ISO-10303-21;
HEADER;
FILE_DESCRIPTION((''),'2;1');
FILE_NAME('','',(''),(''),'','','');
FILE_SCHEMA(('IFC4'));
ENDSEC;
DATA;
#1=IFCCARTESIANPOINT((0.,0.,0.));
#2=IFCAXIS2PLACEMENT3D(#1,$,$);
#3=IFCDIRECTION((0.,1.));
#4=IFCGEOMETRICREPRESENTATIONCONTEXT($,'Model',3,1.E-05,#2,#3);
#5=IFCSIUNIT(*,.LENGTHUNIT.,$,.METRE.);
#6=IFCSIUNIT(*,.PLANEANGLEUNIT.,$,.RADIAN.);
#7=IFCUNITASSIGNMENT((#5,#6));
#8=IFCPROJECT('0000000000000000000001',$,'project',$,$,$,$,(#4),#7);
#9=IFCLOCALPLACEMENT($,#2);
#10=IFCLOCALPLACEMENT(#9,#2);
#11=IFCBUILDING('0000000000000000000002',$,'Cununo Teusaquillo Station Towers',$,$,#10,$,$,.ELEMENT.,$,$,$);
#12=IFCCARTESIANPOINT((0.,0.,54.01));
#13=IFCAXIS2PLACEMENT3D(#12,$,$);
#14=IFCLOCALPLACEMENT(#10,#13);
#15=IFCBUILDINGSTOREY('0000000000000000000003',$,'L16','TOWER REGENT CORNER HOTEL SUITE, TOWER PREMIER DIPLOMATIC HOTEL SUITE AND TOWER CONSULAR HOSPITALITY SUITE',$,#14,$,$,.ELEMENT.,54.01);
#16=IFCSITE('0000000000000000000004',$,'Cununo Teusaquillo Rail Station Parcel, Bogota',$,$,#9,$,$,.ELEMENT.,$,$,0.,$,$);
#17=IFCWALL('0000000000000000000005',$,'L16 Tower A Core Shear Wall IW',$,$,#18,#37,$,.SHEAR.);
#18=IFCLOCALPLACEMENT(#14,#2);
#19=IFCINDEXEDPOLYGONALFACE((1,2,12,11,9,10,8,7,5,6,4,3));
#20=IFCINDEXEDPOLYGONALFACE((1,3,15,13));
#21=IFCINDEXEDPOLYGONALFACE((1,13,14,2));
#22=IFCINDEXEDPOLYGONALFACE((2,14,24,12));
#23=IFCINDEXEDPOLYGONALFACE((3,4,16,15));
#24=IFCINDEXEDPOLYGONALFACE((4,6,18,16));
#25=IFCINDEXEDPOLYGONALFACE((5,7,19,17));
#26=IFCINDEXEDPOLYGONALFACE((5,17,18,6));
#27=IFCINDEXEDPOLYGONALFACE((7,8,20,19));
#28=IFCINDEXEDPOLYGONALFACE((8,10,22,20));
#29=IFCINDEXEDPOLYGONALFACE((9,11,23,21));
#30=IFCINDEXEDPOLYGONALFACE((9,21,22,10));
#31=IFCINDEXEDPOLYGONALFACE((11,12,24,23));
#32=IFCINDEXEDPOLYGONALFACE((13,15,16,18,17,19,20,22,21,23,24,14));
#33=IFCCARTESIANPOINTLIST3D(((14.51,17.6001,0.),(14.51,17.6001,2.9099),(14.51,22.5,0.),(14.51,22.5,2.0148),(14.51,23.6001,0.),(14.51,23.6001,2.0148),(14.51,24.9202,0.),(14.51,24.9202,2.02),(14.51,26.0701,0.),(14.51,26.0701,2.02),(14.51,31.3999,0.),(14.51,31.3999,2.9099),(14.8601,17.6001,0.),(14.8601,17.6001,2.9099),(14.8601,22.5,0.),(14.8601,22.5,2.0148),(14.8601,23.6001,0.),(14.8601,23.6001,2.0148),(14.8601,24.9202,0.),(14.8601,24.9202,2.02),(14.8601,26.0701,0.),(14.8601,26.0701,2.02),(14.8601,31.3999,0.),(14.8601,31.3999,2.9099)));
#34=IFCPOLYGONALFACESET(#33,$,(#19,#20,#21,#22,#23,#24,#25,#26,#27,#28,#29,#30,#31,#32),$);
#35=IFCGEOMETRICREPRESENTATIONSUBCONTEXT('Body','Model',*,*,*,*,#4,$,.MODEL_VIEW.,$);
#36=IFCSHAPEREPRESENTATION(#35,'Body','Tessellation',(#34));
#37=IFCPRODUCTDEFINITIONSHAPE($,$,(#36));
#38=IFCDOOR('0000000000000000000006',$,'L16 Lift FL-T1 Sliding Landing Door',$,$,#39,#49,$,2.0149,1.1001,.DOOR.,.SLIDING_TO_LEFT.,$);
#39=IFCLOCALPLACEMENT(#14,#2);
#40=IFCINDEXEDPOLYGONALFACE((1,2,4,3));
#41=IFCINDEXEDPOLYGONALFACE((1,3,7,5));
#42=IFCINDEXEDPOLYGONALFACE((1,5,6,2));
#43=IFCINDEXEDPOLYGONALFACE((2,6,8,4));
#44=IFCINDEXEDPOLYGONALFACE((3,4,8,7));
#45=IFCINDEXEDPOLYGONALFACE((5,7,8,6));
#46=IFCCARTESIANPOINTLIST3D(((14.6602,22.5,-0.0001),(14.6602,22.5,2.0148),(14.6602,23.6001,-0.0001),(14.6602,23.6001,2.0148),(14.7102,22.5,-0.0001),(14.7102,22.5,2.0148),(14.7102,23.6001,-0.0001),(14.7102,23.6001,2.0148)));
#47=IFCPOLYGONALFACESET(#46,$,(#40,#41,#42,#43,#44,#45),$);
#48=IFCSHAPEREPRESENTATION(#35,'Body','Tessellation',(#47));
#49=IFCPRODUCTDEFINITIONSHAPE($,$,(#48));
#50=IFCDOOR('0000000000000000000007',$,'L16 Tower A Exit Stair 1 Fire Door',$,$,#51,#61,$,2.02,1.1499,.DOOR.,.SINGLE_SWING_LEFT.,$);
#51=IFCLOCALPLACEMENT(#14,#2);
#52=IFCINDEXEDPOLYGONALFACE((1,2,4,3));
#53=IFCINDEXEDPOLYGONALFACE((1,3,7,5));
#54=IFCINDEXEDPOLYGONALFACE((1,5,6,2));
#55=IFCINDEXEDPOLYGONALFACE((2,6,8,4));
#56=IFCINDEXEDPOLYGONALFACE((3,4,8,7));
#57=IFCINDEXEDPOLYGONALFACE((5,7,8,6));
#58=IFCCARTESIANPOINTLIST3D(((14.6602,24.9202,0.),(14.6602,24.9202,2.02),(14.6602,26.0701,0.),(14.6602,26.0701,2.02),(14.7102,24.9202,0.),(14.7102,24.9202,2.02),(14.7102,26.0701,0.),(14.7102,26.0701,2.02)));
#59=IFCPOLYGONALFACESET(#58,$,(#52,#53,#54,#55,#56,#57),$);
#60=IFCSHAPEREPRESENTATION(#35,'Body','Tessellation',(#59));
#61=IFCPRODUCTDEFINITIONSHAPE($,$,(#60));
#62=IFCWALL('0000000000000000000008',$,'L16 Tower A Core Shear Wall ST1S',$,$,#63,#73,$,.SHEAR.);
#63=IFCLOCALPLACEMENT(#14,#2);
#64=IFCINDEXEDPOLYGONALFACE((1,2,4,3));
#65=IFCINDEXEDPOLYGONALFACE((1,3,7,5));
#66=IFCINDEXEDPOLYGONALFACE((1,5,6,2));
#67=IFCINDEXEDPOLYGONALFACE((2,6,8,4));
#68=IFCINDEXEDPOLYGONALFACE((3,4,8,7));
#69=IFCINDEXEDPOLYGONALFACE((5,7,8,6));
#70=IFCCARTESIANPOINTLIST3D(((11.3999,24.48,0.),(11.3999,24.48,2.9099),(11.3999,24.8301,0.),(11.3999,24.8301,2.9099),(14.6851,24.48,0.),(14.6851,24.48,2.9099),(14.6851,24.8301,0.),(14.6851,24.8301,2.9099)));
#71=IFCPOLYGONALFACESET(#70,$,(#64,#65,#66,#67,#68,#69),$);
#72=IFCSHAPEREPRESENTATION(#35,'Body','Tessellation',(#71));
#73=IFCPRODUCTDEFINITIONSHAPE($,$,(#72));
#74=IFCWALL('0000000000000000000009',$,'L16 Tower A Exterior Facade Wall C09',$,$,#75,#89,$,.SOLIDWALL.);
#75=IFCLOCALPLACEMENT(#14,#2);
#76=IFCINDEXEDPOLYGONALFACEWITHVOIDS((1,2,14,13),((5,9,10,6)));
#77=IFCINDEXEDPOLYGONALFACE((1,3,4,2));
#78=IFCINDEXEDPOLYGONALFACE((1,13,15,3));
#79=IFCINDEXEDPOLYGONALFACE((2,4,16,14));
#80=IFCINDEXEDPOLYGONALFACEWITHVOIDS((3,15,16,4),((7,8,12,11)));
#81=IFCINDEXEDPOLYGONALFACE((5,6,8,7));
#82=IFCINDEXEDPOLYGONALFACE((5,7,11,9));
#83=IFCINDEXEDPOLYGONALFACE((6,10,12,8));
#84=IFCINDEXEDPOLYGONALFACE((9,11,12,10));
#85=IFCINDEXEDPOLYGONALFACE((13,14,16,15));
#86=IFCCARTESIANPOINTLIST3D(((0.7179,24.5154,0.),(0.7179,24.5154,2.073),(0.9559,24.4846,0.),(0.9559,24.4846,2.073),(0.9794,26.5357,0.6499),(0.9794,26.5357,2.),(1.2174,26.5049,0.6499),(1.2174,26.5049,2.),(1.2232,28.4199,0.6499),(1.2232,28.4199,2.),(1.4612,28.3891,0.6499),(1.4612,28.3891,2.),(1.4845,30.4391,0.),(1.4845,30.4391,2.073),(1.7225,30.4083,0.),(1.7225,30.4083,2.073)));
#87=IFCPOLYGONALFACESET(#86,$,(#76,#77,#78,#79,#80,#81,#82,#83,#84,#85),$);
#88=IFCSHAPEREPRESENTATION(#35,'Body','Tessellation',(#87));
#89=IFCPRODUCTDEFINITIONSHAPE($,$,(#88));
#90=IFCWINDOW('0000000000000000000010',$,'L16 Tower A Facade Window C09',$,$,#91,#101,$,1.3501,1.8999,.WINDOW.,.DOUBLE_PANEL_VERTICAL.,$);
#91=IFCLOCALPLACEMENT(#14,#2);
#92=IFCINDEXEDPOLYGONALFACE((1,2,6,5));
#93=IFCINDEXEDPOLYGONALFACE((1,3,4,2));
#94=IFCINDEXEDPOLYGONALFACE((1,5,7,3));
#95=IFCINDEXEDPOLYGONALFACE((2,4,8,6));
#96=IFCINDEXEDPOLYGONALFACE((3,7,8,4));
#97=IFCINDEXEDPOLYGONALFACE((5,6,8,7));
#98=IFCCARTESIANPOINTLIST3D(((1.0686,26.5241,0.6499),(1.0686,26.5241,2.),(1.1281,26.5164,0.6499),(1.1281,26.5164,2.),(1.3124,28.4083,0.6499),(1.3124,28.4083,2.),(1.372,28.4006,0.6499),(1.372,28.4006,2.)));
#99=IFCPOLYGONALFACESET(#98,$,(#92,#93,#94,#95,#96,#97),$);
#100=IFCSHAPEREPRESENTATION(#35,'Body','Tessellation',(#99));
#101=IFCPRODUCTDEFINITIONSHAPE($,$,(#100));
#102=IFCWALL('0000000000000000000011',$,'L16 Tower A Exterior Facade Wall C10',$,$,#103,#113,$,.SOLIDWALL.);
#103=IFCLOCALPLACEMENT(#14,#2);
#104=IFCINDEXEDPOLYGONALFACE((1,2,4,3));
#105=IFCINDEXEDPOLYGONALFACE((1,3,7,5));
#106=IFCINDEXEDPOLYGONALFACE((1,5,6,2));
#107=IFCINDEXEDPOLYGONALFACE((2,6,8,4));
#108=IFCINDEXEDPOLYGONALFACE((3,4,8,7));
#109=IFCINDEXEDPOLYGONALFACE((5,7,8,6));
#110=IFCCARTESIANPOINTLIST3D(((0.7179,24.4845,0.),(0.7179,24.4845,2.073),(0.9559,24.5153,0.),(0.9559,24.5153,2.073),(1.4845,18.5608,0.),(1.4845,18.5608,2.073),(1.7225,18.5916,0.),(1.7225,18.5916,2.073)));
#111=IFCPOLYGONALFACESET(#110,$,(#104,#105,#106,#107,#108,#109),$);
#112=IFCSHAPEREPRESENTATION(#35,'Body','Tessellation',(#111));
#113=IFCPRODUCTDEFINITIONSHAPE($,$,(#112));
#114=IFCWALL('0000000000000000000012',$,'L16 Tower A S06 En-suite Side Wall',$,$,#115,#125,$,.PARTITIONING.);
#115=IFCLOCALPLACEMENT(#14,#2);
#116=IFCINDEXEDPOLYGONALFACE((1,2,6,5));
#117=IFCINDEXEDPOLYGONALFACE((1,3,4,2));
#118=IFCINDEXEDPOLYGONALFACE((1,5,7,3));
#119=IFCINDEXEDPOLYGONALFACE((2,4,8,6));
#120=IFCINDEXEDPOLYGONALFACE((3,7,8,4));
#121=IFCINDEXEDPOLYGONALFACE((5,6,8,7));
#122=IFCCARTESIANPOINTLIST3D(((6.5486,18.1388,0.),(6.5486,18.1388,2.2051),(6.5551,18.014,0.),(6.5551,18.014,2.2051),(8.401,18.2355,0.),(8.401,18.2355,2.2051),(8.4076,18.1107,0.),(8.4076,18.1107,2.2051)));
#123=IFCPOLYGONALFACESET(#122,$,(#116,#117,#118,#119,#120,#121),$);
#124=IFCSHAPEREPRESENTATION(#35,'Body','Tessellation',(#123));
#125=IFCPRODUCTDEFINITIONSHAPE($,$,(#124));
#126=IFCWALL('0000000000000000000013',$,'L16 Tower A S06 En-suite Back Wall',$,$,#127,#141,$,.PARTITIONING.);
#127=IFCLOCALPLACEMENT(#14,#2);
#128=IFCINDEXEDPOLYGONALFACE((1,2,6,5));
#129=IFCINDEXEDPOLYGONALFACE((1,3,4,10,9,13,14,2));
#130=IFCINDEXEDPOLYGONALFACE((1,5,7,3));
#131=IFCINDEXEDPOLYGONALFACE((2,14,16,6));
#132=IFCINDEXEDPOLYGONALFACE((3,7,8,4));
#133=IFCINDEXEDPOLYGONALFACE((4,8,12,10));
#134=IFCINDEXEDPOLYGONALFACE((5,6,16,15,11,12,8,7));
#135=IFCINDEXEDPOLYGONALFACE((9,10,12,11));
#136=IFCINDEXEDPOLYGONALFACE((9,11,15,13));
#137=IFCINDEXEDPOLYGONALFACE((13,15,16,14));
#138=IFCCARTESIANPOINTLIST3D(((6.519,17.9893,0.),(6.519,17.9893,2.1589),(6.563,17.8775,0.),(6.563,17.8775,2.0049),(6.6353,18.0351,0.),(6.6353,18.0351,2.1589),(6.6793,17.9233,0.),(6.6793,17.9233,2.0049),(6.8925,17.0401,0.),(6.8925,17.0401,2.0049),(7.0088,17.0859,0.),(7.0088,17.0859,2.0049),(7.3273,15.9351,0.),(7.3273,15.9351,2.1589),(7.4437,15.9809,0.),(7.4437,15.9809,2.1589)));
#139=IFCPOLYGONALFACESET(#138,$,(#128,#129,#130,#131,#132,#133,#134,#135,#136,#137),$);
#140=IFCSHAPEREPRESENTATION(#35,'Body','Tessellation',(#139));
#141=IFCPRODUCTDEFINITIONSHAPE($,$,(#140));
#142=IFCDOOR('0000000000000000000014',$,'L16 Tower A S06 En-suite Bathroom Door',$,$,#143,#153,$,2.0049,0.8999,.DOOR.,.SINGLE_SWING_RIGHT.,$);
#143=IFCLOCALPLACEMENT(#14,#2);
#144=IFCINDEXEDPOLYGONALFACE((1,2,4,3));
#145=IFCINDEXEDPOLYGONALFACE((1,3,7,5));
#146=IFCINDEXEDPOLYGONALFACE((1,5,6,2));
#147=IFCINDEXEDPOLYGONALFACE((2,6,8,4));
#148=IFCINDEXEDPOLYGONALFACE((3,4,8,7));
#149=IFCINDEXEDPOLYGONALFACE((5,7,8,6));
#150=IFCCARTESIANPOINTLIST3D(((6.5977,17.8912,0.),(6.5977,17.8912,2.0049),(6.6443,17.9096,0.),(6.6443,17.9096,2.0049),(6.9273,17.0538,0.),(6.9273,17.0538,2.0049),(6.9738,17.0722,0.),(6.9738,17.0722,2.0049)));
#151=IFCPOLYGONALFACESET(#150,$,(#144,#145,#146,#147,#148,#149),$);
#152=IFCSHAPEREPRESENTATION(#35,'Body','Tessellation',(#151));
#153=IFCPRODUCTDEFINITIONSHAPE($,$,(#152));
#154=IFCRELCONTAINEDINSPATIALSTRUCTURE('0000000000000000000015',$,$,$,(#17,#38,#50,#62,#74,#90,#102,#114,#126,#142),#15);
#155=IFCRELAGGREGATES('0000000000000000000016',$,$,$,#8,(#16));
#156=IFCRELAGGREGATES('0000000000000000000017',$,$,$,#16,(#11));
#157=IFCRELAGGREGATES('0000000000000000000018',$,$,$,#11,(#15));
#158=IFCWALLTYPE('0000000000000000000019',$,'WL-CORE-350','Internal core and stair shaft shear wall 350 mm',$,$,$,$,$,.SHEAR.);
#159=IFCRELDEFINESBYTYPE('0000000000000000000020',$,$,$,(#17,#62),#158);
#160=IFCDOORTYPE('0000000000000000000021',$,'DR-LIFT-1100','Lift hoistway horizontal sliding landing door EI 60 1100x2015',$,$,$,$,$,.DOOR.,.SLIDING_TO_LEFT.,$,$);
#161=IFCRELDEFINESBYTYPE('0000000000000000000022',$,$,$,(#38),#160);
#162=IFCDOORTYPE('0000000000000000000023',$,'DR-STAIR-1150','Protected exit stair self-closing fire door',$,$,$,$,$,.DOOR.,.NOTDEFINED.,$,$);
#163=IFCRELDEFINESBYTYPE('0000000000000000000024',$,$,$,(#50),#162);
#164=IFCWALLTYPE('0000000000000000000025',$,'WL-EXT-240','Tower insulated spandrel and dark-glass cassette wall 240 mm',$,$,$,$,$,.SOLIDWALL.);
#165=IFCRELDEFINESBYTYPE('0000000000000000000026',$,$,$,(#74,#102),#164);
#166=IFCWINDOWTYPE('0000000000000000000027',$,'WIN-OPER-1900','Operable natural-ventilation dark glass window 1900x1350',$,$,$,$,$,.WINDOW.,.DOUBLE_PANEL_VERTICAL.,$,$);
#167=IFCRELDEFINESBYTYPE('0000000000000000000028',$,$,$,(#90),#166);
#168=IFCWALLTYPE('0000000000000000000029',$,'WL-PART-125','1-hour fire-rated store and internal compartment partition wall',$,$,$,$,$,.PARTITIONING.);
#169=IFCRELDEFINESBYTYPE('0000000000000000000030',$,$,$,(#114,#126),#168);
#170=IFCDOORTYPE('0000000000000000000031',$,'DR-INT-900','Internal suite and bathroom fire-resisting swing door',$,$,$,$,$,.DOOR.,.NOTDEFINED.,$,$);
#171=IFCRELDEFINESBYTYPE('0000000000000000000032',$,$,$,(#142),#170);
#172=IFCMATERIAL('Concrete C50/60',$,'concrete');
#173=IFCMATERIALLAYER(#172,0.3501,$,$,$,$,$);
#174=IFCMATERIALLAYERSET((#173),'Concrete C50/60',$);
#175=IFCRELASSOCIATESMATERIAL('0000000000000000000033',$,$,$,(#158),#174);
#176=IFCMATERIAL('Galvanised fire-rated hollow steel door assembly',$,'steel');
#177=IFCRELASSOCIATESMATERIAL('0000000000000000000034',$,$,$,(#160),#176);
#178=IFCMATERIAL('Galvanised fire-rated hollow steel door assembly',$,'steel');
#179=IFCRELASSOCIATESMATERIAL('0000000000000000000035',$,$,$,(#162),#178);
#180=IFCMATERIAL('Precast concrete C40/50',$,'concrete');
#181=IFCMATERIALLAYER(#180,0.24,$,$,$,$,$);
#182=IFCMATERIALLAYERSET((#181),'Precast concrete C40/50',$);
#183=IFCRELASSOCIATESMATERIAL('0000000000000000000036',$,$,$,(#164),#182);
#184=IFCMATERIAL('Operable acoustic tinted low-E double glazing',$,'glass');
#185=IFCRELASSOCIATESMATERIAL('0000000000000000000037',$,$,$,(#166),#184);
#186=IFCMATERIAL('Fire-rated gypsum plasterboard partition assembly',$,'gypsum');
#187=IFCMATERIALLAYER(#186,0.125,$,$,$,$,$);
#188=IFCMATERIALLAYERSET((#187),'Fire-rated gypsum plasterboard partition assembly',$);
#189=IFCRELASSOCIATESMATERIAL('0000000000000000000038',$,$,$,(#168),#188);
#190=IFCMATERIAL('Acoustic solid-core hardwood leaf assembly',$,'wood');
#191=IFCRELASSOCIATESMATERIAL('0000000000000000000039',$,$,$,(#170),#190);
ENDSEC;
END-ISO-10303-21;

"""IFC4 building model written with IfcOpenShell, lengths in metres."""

from ifc_helpers import new_model, si_unit, direction, frame, frame_2d, origin, place, context, subcontext, project, spatial, rectangle, extrude, source, transform, mapped, material, layer, layer_set, type_object, element, fill, save


model = new_model("IFC4")

# Units and contexts
model_context = context("Model", 3, precision=1e-05, world=origin(), true_north=direction((0.0, 1.0)))
body_context = subcontext(model_context, "Body", "Model", "MODEL_VIEW")
ifc_project = project(units=[si_unit("LENGTHUNIT", "METRE"), si_unit("PLANEANGLEUNIT", "RADIAN")], contexts=[model_context])

# Site, building, storey
site_placement = place(None, origin())
site = spatial("IfcSite", under=ifc_project, at=site_placement, Name="Cununo Teusaquillo Rail Station Parcel, Bogota", CompositionType="ELEMENT", RefElevation=0.0)
building_placement = place(site_placement, origin())
building = spatial("IfcBuilding", under=site, at=building_placement, Name="Cununo Teusaquillo Station Towers", CompositionType="ELEMENT")
storey_placement = place(building_placement, frame((0.0, 0.0, 54.01)))
storey = spatial("IfcBuildingStorey", under=building, at=storey_placement, Name="L16", Description="TOWER REGENT CORNER HOTEL SUITE, TOWER PREMIER DIPLOMATIC HOTEL SUITE AND TOWER CONSULAR HOSPITALITY SUITE", CompositionType="ELEMENT", Elevation=54.01)

# Wall, openings, doors
ifc_material_1 = material(Name="Concrete C50/60", Category="concrete")
ifc_layer_1 = layer(ifc_material_1, 0.3501)
ifc_layer_set_1 = layer_set([ifc_layer_1], Name="Concrete C50/60")
wall_type_1 = type_object("IfcWallType", Name="WL-CORE-350", Description="Internal core and stair shaft shear wall 350 mm", PredefinedType="SHEAR", material=ifc_layer_set_1)
wall_1_placement = place(storey_placement, frame((14.6851, 17.6001, 0.0), z_axis=(0.0, 0.0, 1.0), x_axis=(0.0, 1.0, 0.0)))
wall_1 = element("IfcWall", 1, at=wall_1_placement, inside=storey, type_object=wall_type_1, Name="L16 Tower A Core Shear Wall IW", PredefinedType="SHEAR", context=body_context, shape_type="SweptSolid", body=[
    extrude(rectangle(XDim=13.7998, YDim=0.3501, at=frame_2d((6.8999, 0.0))), origin(), (0.0, 0.0, 1.0), 2.9099),
])
shared_shape_1 = source(origin(), body_context, "Body", "SweptSolid", [
    extrude(rectangle(XDim=1.1001, YDim=2.0149, at=frame_2d((0.55, 1.0073))), frame((0.0, 0.1851, 0.0), z_axis=(0.0, -1.0, 0.0), x_axis=(1.0, 0.0, 0.0)), (0.0, 0.0, 1.0), 0.3701),
])
opening_1_placement = place(wall_1_placement, frame((4.8999, 0.0, 0.0)))
opening_1 = element("IfcOpeningElement", 2, at=opening_1_placement, cuts=wall_1, PredefinedType="OPENING", context=body_context, shape_type="MappedRepresentation", body=[
    mapped(shared_shape_1, transform((0.0, 0.0, 0.0), x_axis=(1.0, 0.0, 0.0), y_axis=(0.0, 1.0, 0.0), z_axis=(0.0, 0.0, 1.0), scale=1.0)),
])
shared_shape_2 = source(origin(), body_context, "Body", "SweptSolid", [
    extrude(rectangle(XDim=1.1499, YDim=2.02, at=frame_2d((0.575, 1.01))), frame((0.0, 0.1851, 0.0), z_axis=(0.0, -1.0, 0.0), x_axis=(1.0, 0.0, 0.0)), (0.0, 0.0, 1.0), 0.3701),
])
opening_2_placement = place(wall_1_placement, frame((7.3201, 0.0, 0.0)))
opening_2 = element("IfcOpeningElement", 3, at=opening_2_placement, cuts=wall_1, PredefinedType="OPENING", context=body_context, shape_type="MappedRepresentation", body=[
    mapped(shared_shape_2, transform((0.0, 0.0, 0.0), x_axis=(1.0, 0.0, 0.0), y_axis=(0.0, 1.0, 0.0), z_axis=(0.0, 0.0, 1.0), scale=1.0)),
])
ifc_material_2 = material(Name="Galvanised fire-rated hollow steel door assembly", Category="steel")
door_type_1 = type_object("IfcDoorType", Name="DR-LIFT-1100", Description="Lift hoistway horizontal sliding landing door EI 60 1100x2015", OperationType="SLIDING_TO_LEFT", PredefinedType="DOOR", material=ifc_material_2)
shared_shape_3 = source(origin(), body_context, "Body", "SweptSolid", [
    extrude(rectangle(XDim=1.1001, YDim=2.0149, at=frame_2d((0.55, 1.0073))), frame((0.0, 0.0249, 0.0), z_axis=(0.0, -1.0, 0.0), x_axis=(1.0, 0.0, 0.0)), (0.0, 0.0, 1.0), 0.05),
])
door_1_placement = place(opening_1_placement, origin())
door_1 = element("IfcDoor", 4, at=door_1_placement, inside=storey, type_object=door_type_1, Name="L16 Lift FL-T1 Sliding Landing Door", OperationType="SLIDING_TO_LEFT", OverallHeight=2.0149, OverallWidth=1.1001, PredefinedType="DOOR", context=body_context, shape_type="MappedRepresentation", body=[
    mapped(shared_shape_3, transform((0.0, 0.0, 0.0), x_axis=(1.0, 0.0, 0.0), y_axis=(0.0, 1.0, 0.0), z_axis=(0.0, 0.0, 1.0), scale=1.0)),
])
fill(opening_1, door_1)
ifc_material_3 = material(Name="Galvanised fire-rated hollow steel door assembly", Category="steel")
door_type_2 = type_object("IfcDoorType", Name="DR-STAIR-1150", Description="Protected exit stair self-closing fire door", OperationType="NOTDEFINED", PredefinedType="DOOR", material=ifc_material_3)
shared_shape_4 = source(origin(), body_context, "Body", "SweptSolid", [
    extrude(rectangle(XDim=1.1499, YDim=2.02, at=frame_2d((0.575, 1.01))), frame((0.0, 0.0249, 0.0), z_axis=(0.0, -1.0, 0.0), x_axis=(1.0, 0.0, 0.0)), (0.0, 0.0, 1.0), 0.05),
])
door_2_placement = place(opening_2_placement, origin())
door_2 = element("IfcDoor", 5, at=door_2_placement, inside=storey, type_object=door_type_2, Name="L16 Tower A Exit Stair 1 Fire Door", OperationType="SINGLE_SWING_LEFT", OverallHeight=2.02, OverallWidth=1.1499, PredefinedType="DOOR", context=body_context, shape_type="MappedRepresentation", body=[
    mapped(shared_shape_4, transform((0.0, 0.0, 0.0), x_axis=(1.0, 0.0, 0.0), y_axis=(0.0, 1.0, 0.0), z_axis=(0.0, 0.0, 1.0), scale=1.0)),
])
fill(opening_2, door_2)

# Wall
wall_2_placement = place(storey_placement, frame((11.3999, 24.655, 0.0), z_axis=(0.0, 0.0, 1.0), x_axis=(1.0, 0.0, 0.0)))
element("IfcWall", 6, at=wall_2_placement, inside=storey, type_object=wall_type_1, Name="L16 Tower A Core Shear Wall ST1S", PredefinedType="SHEAR", context=body_context, shape_type="SweptSolid", body=[
    extrude(rectangle(XDim=3.2852, YDim=0.3501, at=frame_2d((1.6426, 0.0))), origin(), (0.0, 0.0, 1.0), 2.9099),
])

# Wall, opening, window
ifc_material_4 = material(Name="Precast concrete C40/50", Category="concrete")
ifc_layer_2 = layer(ifc_material_4, 0.24)
ifc_layer_set_2 = layer_set([ifc_layer_2], Name="Precast concrete C40/50")
wall_type_2 = type_object("IfcWallType", Name="WL-EXT-240", Description="Tower insulated spandrel and dark-glass cassette wall 240 mm", PredefinedType="SOLIDWALL", material=ifc_layer_set_2)
wall_3_placement = place(storey_placement, frame((0.8369, 24.5, 0.0), z_axis=(0.0, 0.0, 1.0), x_axis=(0.12834, 0.99173, 0.0)))
wall_3 = element("IfcWall", 7, at=wall_3_placement, inside=storey, type_object=wall_type_2, Name="L16 Tower A Exterior Facade Wall C09", PredefinedType="SOLIDWALL", context=body_context, shape_type="SweptSolid", body=[
    extrude(rectangle(XDim=5.9731, YDim=0.24, at=frame_2d((2.9866, 0.0))), origin(), (0.0, 0.0, 1.0), 2.073),
])
shared_shape_5 = source(origin(), body_context, "Body", "SweptSolid", [
    extrude(rectangle(XDim=1.8999, YDim=1.3501, at=frame_2d((0.95, 0.675))), frame((0.0, 0.1299, 0.0), z_axis=(0.0, -1.0, 0.0), x_axis=(1.0, 0.0, 0.0)), (0.0, 0.0, 1.0), 0.26),
])
opening_3_placement = place(wall_3_placement, frame((2.0371, 0.0, 0.6499)))
opening_3 = element("IfcOpeningElement", 8, at=opening_3_placement, cuts=wall_3, PredefinedType="OPENING", context=body_context, shape_type="MappedRepresentation", body=[
    mapped(shared_shape_5, transform((0.0, 0.0, 0.0), x_axis=(1.0, 0.0, 0.0), y_axis=(0.0, 1.0, 0.0), z_axis=(0.0, 0.0, 1.0), scale=1.0)),
])
ifc_material_5 = material(Name="Operable acoustic tinted low-E double glazing", Category="glass")
window_type = type_object("IfcWindowType", Name="WIN-OPER-1900", Description="Operable natural-ventilation dark glass window 1900x1350", PartitioningType="DOUBLE_PANEL_VERTICAL", PredefinedType="WINDOW", material=ifc_material_5)
shared_shape_6 = source(origin(), body_context, "Body", "SweptSolid", [
    extrude(rectangle(XDim=1.8999, YDim=1.3501, at=frame_2d((0.95, 0.675))), frame((0.0, 0.03, 0.0), z_axis=(0.0, -1.0, 0.0), x_axis=(1.0, 0.0, 0.0)), (0.0, 0.0, 1.0), 0.0601),
])
window_placement = place(opening_3_placement, origin())
window = element("IfcWindow", 9, at=window_placement, inside=storey, type_object=window_type, Name="L16 Tower A Facade Window C09", OverallHeight=1.3501, OverallWidth=1.8999, PartitioningType="DOUBLE_PANEL_VERTICAL", PredefinedType="WINDOW", context=body_context, shape_type="MappedRepresentation", body=[
    mapped(shared_shape_6, transform((0.0, 0.0, 0.0), x_axis=(1.0, 0.0, 0.0), y_axis=(0.0, 1.0, 0.0), z_axis=(0.0, 0.0, 1.0), scale=1.0)),
])
fill(opening_3, window)

# Walls
wall_4_placement = place(storey_placement, frame((1.6035, 18.5762, 0.0), z_axis=(0.0, 0.0, 1.0), x_axis=(-0.12834, 0.99173, 0.0)))
element("IfcWall", 10, at=wall_4_placement, inside=storey, type_object=wall_type_2, Name="L16 Tower A Exterior Facade Wall C10", PredefinedType="SOLIDWALL", context=body_context, shape_type="SweptSolid", body=[
    extrude(rectangle(XDim=5.9731, YDim=0.24, at=frame_2d((2.9866, 0.0))), origin(), (0.0, 0.0, 1.0), 2.073),
])
ifc_material_6 = material(Name="Fire-rated gypsum plasterboard partition assembly", Category="gypsum")
ifc_layer_3 = layer(ifc_material_6, 0.125)
ifc_layer_set_3 = layer_set([ifc_layer_3], Name="Fire-rated gypsum plasterboard partition assembly")
wall_type_3 = type_object("IfcWallType", Name="WL-PART-125", Description="1-hour fire-rated store and internal compartment partition wall", PredefinedType="PARTITIONING", material=ifc_layer_set_3)
wall_5_placement = place(storey_placement, frame((8.4043, 18.1731, 0.0), z_axis=(0.0, 0.0, 1.0), x_axis=(-0.998641, -0.052117, 0.0)))
element("IfcWall", 11, at=wall_5_placement, inside=storey, type_object=wall_type_3, Name="L16 Tower A S06 En-suite Side Wall", PredefinedType="PARTITIONING", context=body_context, shape_type="SweptSolid", body=[
    extrude(rectangle(XDim=1.855, YDim=0.125, at=frame_2d((0.9275, 0.0))), origin(), (0.0, 0.0, 1.0), 2.2051),
])

# Wall, opening, door
wall_6_placement = place(storey_placement, frame((6.5771, 18.0122, 0.0), z_axis=(0.0, 0.0, 1.0), x_axis=(0.366179, -0.930544, 0.0)))
wall_6 = element("IfcWall", 12, at=wall_6_placement, inside=storey, type_object=wall_type_3, Name="L16 Tower A S06 En-suite Back Wall", PredefinedType="PARTITIONING", context=body_context, shape_type="SweptSolid", body=[
    extrude(rectangle(XDim=2.2075, YDim=0.125, at=frame_2d((1.1038, 0.0))), origin(), (0.0, 0.0, 1.0), 2.1589),
])
shared_shape_7 = source(origin(), body_context, "Body", "SweptSolid", [
    extrude(rectangle(XDim=0.8999, YDim=2.0049, at=frame_2d((0.45, 1.0024))), frame((0.0, 0.0725, 0.0), z_axis=(0.0, -1.0, 0.0), x_axis=(1.0, 0.0, 0.0)), (0.0, 0.0, 1.0), 0.145),
])
opening_4_placement = place(wall_6_placement, frame((0.1201, 0.0, 0.0)))
opening_4 = element("IfcOpeningElement", 13, at=opening_4_placement, cuts=wall_6, PredefinedType="OPENING", context=body_context, shape_type="MappedRepresentation", body=[
    mapped(shared_shape_7, transform((0.0, 0.0, 0.0), x_axis=(1.0, 0.0, 0.0), y_axis=(0.0, 1.0, 0.0), z_axis=(0.0, 0.0, 1.0), scale=1.0)),
])
ifc_material_7 = material(Name="Acoustic solid-core hardwood leaf assembly", Category="wood")
door_type_3 = type_object("IfcDoorType", Name="DR-INT-900", Description="Internal suite and bathroom fire-resisting swing door", OperationType="NOTDEFINED", PredefinedType="DOOR", material=ifc_material_7)
shared_shape_8 = source(origin(), body_context, "Body", "SweptSolid", [
    extrude(rectangle(XDim=0.8999, YDim=2.0049, at=frame_2d((0.45, 1.0024))), frame((0.0, 0.0249, 0.0), z_axis=(0.0, -1.0, 0.0), x_axis=(1.0, 0.0, 0.0)), (0.0, 0.0, 1.0), 0.05),
])
door_3_placement = place(opening_4_placement, origin())
door_3 = element("IfcDoor", 14, at=door_3_placement, inside=storey, type_object=door_type_3, Name="L16 Tower A S06 En-suite Bathroom Door", OperationType="SINGLE_SWING_RIGHT", OverallHeight=2.0049, OverallWidth=0.8999, PredefinedType="DOOR", context=body_context, shape_type="MappedRepresentation", body=[
    mapped(shared_shape_8, transform((0.0, 0.0, 0.0), x_axis=(1.0, 0.0, 0.0), y_axis=(0.0, 1.0, 0.0), z_axis=(0.0, 0.0, 1.0), scale=1.0)),
])
fill(opening_4, door_3)

save(model, "model.ifc")
